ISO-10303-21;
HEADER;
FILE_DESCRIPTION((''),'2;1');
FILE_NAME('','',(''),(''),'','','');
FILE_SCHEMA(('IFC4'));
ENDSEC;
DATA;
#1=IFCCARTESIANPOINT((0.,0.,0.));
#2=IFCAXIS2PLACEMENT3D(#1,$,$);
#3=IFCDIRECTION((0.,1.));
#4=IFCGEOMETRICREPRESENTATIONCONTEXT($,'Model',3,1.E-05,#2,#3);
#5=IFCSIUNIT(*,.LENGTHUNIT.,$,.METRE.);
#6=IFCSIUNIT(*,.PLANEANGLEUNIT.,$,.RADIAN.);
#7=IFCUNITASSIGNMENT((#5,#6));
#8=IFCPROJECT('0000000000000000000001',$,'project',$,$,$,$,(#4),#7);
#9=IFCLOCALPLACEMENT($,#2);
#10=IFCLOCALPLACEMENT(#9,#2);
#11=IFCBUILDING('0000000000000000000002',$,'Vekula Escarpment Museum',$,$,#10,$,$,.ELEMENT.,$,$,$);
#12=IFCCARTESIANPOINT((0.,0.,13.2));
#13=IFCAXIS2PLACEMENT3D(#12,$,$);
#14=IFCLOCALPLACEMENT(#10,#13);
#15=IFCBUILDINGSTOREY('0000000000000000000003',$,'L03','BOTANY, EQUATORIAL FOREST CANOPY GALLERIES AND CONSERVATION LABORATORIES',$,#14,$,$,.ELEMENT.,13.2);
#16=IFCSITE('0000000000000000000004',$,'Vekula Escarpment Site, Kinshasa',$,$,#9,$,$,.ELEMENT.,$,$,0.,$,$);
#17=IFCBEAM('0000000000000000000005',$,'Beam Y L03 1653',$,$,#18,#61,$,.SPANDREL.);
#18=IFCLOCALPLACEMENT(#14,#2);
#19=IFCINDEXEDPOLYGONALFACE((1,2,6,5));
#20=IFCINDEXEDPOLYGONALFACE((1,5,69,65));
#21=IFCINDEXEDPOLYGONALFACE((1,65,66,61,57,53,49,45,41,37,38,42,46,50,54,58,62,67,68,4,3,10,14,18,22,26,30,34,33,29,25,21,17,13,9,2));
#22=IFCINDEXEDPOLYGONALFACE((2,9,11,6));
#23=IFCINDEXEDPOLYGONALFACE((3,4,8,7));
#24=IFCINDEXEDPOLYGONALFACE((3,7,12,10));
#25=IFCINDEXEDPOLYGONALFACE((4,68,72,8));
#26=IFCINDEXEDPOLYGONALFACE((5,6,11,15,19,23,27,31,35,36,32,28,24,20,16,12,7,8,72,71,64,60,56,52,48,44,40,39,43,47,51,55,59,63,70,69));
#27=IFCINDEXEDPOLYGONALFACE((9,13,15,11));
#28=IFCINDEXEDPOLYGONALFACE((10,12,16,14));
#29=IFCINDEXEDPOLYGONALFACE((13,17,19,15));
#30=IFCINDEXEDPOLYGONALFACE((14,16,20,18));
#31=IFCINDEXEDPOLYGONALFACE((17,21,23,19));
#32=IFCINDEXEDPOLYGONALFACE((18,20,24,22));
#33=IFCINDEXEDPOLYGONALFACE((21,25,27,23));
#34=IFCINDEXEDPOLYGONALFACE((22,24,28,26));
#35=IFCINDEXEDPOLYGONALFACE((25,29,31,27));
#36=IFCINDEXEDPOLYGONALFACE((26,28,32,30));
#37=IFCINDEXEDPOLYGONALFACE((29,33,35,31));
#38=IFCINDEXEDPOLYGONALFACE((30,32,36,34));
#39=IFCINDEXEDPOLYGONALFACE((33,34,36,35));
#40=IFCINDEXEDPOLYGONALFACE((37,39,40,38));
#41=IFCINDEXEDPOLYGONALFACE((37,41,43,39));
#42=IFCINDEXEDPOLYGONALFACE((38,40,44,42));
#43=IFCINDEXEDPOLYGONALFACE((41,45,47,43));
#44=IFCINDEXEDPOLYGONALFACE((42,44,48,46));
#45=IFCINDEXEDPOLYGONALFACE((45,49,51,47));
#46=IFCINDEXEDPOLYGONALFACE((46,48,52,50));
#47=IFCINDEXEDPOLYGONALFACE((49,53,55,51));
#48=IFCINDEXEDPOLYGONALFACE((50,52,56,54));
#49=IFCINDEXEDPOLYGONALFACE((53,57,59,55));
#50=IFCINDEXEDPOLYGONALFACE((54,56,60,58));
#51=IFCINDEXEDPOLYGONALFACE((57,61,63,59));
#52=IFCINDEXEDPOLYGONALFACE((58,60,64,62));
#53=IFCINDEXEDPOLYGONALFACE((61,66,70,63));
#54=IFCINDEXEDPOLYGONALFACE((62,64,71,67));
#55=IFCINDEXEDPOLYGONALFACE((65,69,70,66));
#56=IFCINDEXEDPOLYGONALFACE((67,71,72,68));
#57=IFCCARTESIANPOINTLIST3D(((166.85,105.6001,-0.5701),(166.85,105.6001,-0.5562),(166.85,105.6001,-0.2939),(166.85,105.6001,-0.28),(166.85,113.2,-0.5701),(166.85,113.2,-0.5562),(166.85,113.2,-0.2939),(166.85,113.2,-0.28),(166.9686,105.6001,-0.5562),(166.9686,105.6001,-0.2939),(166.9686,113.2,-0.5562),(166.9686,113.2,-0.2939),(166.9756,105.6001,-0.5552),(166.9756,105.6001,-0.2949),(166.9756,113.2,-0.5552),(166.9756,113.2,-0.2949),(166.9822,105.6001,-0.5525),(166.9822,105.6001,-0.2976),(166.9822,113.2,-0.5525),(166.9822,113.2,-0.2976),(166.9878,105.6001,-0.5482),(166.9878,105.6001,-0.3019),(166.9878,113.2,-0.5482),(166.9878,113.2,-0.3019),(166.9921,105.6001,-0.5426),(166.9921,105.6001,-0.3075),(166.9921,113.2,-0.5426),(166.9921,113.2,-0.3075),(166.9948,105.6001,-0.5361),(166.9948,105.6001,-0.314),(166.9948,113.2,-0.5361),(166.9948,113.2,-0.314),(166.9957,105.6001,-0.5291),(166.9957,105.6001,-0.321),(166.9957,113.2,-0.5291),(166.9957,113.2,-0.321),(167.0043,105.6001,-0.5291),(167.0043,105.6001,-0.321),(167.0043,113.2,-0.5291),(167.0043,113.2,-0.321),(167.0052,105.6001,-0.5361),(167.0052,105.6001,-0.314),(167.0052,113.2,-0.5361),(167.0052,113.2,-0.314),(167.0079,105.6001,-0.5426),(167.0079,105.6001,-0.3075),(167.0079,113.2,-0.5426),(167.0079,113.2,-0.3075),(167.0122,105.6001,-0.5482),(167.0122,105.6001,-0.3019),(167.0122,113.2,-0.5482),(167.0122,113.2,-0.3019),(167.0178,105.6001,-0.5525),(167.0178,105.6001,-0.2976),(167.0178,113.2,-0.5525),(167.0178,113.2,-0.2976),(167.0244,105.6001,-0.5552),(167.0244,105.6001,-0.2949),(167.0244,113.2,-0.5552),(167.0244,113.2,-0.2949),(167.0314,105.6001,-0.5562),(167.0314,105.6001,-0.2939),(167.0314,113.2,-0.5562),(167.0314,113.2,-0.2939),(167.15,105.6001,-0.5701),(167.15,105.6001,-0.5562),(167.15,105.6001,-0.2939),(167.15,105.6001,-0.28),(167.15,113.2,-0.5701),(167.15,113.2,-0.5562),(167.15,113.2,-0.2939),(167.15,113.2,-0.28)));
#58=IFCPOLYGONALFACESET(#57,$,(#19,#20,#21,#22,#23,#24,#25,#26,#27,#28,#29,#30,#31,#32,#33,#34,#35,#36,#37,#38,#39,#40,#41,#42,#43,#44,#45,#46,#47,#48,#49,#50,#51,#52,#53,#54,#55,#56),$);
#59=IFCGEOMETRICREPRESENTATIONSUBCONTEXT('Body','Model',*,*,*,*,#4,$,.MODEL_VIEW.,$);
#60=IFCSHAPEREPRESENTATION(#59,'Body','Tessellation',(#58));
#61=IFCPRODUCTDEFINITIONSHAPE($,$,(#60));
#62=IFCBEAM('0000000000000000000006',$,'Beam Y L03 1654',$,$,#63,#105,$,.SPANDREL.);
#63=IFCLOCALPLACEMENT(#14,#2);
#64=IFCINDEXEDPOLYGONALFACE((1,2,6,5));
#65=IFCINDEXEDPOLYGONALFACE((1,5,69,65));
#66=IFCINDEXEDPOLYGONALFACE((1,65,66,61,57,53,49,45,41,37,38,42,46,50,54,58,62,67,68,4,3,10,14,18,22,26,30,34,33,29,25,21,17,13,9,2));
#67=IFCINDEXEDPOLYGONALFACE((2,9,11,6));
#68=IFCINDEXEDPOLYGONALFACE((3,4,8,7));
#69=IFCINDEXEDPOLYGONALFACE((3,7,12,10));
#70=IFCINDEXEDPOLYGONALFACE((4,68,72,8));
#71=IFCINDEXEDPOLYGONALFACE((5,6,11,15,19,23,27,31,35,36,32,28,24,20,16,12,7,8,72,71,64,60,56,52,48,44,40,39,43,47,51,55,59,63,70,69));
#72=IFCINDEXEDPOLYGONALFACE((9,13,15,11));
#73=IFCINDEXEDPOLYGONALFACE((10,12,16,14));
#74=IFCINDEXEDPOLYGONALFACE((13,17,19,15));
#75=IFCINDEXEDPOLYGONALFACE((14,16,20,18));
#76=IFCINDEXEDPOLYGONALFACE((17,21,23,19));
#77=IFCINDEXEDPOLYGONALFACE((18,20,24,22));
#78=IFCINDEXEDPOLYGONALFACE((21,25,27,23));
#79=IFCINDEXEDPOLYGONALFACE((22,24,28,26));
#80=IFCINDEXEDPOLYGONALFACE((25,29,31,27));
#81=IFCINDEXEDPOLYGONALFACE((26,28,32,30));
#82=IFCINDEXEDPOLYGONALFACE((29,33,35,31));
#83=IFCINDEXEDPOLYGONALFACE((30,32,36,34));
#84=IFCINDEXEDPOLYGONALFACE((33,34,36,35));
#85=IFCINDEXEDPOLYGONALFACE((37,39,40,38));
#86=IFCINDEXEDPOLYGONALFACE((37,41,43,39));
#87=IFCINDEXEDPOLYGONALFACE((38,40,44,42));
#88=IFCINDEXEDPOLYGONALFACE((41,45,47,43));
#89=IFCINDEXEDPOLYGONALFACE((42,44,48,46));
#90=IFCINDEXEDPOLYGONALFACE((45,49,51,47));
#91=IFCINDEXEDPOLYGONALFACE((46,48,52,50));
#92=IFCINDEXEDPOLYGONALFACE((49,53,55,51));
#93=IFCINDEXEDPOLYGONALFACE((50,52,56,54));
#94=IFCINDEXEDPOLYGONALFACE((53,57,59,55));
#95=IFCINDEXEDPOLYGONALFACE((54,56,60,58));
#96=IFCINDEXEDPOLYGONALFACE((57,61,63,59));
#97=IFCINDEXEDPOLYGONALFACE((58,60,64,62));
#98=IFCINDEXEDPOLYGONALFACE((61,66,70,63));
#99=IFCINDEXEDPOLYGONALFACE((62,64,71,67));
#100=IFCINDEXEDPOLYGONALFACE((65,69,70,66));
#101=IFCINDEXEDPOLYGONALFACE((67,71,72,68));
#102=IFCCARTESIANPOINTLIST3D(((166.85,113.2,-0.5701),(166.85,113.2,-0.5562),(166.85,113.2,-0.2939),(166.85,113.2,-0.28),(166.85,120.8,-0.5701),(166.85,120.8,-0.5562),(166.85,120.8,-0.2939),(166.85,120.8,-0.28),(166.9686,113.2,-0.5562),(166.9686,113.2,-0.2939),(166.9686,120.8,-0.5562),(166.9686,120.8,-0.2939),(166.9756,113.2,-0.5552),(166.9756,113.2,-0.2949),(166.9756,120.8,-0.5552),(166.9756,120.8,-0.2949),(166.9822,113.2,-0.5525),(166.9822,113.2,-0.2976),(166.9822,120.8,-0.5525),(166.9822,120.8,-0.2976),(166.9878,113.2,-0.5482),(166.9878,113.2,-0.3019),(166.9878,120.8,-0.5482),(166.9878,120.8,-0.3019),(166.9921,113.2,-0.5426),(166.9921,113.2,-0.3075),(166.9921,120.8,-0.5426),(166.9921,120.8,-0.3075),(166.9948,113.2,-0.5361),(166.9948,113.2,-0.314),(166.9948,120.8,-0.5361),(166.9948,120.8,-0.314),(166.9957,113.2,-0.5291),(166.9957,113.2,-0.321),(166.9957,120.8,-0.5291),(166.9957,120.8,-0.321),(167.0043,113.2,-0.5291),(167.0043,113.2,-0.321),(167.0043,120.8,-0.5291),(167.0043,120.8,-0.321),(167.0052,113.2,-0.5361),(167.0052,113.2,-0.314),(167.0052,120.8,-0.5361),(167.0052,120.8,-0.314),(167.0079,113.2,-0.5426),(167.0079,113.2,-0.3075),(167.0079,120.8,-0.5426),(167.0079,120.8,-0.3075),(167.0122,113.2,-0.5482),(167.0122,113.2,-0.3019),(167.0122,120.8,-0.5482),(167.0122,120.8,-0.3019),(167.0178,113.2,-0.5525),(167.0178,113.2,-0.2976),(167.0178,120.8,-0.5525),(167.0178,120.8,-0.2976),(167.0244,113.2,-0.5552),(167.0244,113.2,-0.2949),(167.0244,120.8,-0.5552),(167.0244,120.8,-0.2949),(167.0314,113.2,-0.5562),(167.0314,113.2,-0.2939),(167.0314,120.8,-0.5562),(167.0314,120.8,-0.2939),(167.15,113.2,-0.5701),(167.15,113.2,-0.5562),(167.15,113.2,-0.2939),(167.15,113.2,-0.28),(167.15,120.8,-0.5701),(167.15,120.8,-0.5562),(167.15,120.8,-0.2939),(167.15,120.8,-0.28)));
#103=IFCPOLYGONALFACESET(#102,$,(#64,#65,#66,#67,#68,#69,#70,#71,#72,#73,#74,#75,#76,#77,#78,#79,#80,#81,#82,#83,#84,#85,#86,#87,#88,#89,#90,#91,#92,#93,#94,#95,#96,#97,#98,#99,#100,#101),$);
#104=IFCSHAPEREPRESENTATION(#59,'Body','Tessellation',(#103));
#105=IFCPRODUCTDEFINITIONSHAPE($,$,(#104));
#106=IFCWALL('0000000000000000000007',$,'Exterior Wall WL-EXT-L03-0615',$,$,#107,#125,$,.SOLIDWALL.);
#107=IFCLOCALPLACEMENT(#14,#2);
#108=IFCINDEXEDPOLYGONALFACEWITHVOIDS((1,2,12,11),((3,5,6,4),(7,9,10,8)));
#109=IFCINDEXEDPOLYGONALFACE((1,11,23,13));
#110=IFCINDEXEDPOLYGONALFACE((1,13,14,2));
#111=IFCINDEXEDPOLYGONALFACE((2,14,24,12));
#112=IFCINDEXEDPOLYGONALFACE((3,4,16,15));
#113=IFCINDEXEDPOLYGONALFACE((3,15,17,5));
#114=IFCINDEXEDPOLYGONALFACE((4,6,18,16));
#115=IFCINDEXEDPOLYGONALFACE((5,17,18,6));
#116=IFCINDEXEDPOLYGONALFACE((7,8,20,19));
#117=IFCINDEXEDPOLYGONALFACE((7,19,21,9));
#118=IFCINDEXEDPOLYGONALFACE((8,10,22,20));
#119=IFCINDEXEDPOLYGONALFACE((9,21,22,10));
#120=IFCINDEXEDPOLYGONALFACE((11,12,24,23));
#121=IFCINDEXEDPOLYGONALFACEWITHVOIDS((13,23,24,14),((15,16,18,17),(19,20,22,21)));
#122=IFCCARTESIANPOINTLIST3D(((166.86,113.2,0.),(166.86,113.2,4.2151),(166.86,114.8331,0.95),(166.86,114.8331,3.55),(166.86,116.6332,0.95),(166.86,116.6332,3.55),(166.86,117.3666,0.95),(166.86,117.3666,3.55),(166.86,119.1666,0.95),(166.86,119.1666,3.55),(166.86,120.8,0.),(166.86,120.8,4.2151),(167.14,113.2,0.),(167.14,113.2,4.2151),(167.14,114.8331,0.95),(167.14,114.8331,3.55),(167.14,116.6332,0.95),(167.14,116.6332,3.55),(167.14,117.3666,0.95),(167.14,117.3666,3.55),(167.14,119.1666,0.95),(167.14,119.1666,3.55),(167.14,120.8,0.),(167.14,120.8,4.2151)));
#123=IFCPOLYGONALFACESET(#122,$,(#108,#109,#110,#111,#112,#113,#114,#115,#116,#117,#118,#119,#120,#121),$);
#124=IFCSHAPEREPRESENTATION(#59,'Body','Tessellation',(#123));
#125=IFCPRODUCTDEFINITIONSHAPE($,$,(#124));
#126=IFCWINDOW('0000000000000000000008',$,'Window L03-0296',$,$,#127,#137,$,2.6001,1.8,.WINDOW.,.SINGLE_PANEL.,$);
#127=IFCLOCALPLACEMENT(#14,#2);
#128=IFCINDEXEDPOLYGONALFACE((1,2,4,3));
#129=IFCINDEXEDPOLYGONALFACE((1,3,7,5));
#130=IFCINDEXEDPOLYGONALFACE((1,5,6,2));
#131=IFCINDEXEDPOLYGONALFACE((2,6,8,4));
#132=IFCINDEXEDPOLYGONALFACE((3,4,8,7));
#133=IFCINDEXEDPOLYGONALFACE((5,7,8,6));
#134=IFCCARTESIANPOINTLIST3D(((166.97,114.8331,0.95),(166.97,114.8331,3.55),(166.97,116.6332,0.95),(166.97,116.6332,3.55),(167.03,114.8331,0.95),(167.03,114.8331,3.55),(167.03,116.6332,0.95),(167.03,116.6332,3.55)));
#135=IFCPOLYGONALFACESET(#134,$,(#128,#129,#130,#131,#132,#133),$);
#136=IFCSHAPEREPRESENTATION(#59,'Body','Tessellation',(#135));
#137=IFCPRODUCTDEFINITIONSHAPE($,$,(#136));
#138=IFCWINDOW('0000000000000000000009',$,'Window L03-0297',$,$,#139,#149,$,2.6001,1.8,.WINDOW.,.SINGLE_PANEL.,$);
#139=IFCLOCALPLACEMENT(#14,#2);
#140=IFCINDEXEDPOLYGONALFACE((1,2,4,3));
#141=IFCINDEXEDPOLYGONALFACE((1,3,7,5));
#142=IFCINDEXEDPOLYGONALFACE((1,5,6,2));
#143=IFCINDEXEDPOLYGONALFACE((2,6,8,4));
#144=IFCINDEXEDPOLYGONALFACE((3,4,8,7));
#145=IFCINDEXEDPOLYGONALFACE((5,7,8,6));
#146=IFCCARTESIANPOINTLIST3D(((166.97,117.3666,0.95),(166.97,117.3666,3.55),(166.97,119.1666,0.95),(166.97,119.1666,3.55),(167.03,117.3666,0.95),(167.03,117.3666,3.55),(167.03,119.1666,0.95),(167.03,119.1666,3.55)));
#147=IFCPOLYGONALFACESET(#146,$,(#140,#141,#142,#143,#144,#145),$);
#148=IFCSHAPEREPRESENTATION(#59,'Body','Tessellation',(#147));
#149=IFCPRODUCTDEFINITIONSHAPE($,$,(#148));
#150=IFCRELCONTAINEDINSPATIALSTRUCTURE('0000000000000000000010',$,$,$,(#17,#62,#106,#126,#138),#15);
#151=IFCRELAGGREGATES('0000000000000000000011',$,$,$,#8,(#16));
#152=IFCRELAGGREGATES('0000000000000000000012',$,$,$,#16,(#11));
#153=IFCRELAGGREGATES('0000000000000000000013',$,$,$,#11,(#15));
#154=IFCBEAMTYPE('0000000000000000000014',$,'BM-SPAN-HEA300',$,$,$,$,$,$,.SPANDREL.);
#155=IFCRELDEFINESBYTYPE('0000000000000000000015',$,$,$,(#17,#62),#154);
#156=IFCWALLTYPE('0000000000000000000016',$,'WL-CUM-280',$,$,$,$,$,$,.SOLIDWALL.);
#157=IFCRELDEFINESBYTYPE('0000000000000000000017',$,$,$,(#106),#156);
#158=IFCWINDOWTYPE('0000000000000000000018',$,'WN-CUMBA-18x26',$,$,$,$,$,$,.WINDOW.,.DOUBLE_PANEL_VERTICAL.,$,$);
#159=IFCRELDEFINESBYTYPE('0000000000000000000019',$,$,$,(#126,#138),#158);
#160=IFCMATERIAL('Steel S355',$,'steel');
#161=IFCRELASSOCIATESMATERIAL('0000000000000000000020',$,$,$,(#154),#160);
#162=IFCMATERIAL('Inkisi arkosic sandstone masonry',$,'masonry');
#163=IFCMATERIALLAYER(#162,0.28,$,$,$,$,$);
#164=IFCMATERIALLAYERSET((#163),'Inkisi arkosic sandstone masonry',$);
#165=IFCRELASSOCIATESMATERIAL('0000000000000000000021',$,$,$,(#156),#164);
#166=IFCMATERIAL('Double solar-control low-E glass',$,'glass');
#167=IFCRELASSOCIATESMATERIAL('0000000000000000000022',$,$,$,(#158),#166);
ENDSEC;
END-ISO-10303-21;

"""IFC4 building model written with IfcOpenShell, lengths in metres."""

from ifc_helpers import new_model, si_unit, direction, frame, frame_2d, origin, origin_2d, place, context, subcontext, project, spatial, rectangle, i_section, extrude, material, layer, layer_set, material_profile, profile_set, type_object, element, fill, save


model = new_model("IFC4")

# Units and contexts
model_context = context("Model", 3, precision=1e-05, world=origin(), true_north=direction((0.0, 1.0)))
body_context = subcontext(model_context, "Body", "Model", "MODEL_VIEW")
ifc_project = project(units=[si_unit("LENGTHUNIT", "METRE"), si_unit("PLANEANGLEUNIT", "RADIAN")], contexts=[model_context])

# Site, building, storey
site_placement = place(None, origin())
site = spatial("IfcSite", under=ifc_project, at=site_placement, Name="Vekula Escarpment Site, Kinshasa", CompositionType="ELEMENT", RefElevation=0.0)
building_placement = place(site_placement, origin())
building = spatial("IfcBuilding", under=site, at=building_placement, Name="Vekula Escarpment Museum", CompositionType="ELEMENT")
storey_placement = place(building_placement, frame((0.0, 0.0, 13.2)))
storey = spatial("IfcBuildingStorey", under=building, at=storey_placement, Name="L03", Description="BOTANY, EQUATORIAL FOREST CANOPY GALLERIES AND CONSERVATION LABORATORIES", CompositionType="ELEMENT", Elevation=13.2)

# Beams
ifc_material_1 = material(Name="Steel S355", Category="steel")
ifc_material_profile_1 = material_profile(ifc_material_1, i_section(OverallWidth=0.3, OverallDepth=0.29, WebThickness=0.0085, FlangeThickness=0.0139, FilletRadius=0.0271, at=origin_2d()), Name="HEA 300")
ifc_profile_set_1 = profile_set([ifc_material_profile_1], Name="Steel S355")
beam_type_1 = type_object("IfcBeamType", Name="BM-SPAN-HEA300", PredefinedType="SPANDREL", material=ifc_profile_set_1)
beam_1_placement = place(storey_placement, frame((167.0, 105.6001, -0.425), z_axis=(0.0, 1.0, 0.0), x_axis=(-1.0, 0.0, 0.0)))
element("IfcBeam", 1, at=beam_1_placement, inside=storey, type_object=beam_type_1, Name="Beam Y L03 1653", PredefinedType="SPANDREL", context=body_context, shape_type="SweptSolid", body=[
    extrude(i_section(OverallWidth=0.3, OverallDepth=0.29, WebThickness=0.0085, FlangeThickness=0.0139, FilletRadius=0.0271, at=origin_2d()), origin(), (0.0, 0.0, 1.0), 7.5999),
])
beam_2_placement = place(storey_placement, frame((167.0, 113.2, -0.425), z_axis=(0.0, 1.0, 0.0), x_axis=(-1.0, 0.0, 0.0)))
element("IfcBeam", 2, at=beam_2_placement, inside=storey, type_object=beam_type_1, Name="Beam Y L03 1654", PredefinedType="SPANDREL", context=body_context, shape_type="SweptSolid", body=[
    extrude(i_section(OverallWidth=0.3, OverallDepth=0.29, WebThickness=0.0085, FlangeThickness=0.0139, FilletRadius=0.0271, at=origin_2d()), origin(), (0.0, 0.0, 1.0), 7.6001),
])

# Wall, openings, windows
ifc_material_2 = material(Name="Inkisi arkosic sandstone masonry", Category="masonry")
ifc_layer_1 = layer(ifc_material_2, 0.28)
ifc_layer_set_1 = layer_set([ifc_layer_1], Name="Inkisi arkosic sandstone masonry")
wall_type = type_object("IfcWallType", Name="WL-CUM-280", PredefinedType="SOLIDWALL", material=ifc_layer_set_1)
wall_1_placement = place(storey_placement, frame((167.0, 113.2, 0.0), z_axis=(0.0, 0.0, 1.0), x_axis=(0.0, 1.0, 0.0)))
wall_1 = element("IfcWall", 3, at=wall_1_placement, inside=storey, type_object=wall_type, Name="Exterior Wall WL-EXT-L03-0615", PredefinedType="SOLIDWALL", context=body_context, shape_type="SweptSolid", body=[
    extrude(rectangle(XDim=7.6001, YDim=0.28, at=frame_2d((3.8, 0.0))), origin(), (0.0, 0.0, 1.0), 4.2151),
])
opening_1_placement = place(wall_1_placement, frame((1.6333, 0.0, 0.95)))
opening_1 = element("IfcOpeningElement", 4, at=opening_1_placement, cuts=wall_1, PredefinedType="OPENING", context=body_context, shape_type="SweptSolid", body=[
    extrude(rectangle(XDim=1.8, YDim=2.6001, at=frame_2d((0.8999, 1.3))), frame((0.0, 0.1499, 0.0), z_axis=(0.0, -1.0, 0.0), x_axis=(1.0, 0.0, 0.0)), (0.0, 0.0, 1.0), 0.3),
])
opening_2_placement = place(wall_1_placement, frame((4.1667, 0.0, 0.95)))
opening_2 = element("IfcOpeningElement", 5, at=opening_2_placement, cuts=wall_1, PredefinedType="OPENING", context=body_context, shape_type="SweptSolid", body=[
    extrude(rectangle(XDim=1.8, YDim=2.6001, at=frame_2d((0.8999, 1.3))), frame((0.0, 0.1499, 0.0), z_axis=(0.0, -1.0, 0.0), x_axis=(1.0, 0.0, 0.0)), (0.0, 0.0, 1.0), 0.3),
])
ifc_material_3 = material(Name="Double solar-control low-E glass", Category="glass")
window_type_1 = type_object("IfcWindowType", Name="WN-CUMBA-18x26", PartitioningType="DOUBLE_PANEL_VERTICAL", PredefinedType="WINDOW", material=ifc_material_3)
window_1_placement = place(opening_1_placement, origin())
window_1 = element("IfcWindow", 6, at=window_1_placement, inside=storey, type_object=window_type_1, Name="Window L03-0296", OverallHeight=2.6001, OverallWidth=1.8, PartitioningType="SINGLE_PANEL", PredefinedType="WINDOW", context=body_context, shape_type="SweptSolid", body=[
    extrude(rectangle(XDim=1.8, YDim=2.6001, at=frame_2d((0.8999, 1.3))), frame((0.0, 0.03, 0.0), z_axis=(0.0, -1.0, 0.0), x_axis=(1.0, 0.0, 0.0)), (0.0, 0.0, 1.0), 0.0601),
])
fill(opening_1, window_1)
window_2_placement = place(opening_2_placement, origin())
window_2 = element("IfcWindow", 7, at=window_2_placement, inside=storey, type_object=window_type_1, Name="Window L03-0297", OverallHeight=2.6001, OverallWidth=1.8, PartitioningType="SINGLE_PANEL", PredefinedType="WINDOW", context=body_context, shape_type="SweptSolid", body=[
    extrude(rectangle(XDim=1.8, YDim=2.6001, at=frame_2d((0.8999, 1.3))), frame((0.0, 0.03, 0.0), z_axis=(0.0, -1.0, 0.0), x_axis=(1.0, 0.0, 0.0)), (0.0, 0.0, 1.0), 0.0601),
])
fill(opening_2, window_2)

save(model, "model.ifc")
